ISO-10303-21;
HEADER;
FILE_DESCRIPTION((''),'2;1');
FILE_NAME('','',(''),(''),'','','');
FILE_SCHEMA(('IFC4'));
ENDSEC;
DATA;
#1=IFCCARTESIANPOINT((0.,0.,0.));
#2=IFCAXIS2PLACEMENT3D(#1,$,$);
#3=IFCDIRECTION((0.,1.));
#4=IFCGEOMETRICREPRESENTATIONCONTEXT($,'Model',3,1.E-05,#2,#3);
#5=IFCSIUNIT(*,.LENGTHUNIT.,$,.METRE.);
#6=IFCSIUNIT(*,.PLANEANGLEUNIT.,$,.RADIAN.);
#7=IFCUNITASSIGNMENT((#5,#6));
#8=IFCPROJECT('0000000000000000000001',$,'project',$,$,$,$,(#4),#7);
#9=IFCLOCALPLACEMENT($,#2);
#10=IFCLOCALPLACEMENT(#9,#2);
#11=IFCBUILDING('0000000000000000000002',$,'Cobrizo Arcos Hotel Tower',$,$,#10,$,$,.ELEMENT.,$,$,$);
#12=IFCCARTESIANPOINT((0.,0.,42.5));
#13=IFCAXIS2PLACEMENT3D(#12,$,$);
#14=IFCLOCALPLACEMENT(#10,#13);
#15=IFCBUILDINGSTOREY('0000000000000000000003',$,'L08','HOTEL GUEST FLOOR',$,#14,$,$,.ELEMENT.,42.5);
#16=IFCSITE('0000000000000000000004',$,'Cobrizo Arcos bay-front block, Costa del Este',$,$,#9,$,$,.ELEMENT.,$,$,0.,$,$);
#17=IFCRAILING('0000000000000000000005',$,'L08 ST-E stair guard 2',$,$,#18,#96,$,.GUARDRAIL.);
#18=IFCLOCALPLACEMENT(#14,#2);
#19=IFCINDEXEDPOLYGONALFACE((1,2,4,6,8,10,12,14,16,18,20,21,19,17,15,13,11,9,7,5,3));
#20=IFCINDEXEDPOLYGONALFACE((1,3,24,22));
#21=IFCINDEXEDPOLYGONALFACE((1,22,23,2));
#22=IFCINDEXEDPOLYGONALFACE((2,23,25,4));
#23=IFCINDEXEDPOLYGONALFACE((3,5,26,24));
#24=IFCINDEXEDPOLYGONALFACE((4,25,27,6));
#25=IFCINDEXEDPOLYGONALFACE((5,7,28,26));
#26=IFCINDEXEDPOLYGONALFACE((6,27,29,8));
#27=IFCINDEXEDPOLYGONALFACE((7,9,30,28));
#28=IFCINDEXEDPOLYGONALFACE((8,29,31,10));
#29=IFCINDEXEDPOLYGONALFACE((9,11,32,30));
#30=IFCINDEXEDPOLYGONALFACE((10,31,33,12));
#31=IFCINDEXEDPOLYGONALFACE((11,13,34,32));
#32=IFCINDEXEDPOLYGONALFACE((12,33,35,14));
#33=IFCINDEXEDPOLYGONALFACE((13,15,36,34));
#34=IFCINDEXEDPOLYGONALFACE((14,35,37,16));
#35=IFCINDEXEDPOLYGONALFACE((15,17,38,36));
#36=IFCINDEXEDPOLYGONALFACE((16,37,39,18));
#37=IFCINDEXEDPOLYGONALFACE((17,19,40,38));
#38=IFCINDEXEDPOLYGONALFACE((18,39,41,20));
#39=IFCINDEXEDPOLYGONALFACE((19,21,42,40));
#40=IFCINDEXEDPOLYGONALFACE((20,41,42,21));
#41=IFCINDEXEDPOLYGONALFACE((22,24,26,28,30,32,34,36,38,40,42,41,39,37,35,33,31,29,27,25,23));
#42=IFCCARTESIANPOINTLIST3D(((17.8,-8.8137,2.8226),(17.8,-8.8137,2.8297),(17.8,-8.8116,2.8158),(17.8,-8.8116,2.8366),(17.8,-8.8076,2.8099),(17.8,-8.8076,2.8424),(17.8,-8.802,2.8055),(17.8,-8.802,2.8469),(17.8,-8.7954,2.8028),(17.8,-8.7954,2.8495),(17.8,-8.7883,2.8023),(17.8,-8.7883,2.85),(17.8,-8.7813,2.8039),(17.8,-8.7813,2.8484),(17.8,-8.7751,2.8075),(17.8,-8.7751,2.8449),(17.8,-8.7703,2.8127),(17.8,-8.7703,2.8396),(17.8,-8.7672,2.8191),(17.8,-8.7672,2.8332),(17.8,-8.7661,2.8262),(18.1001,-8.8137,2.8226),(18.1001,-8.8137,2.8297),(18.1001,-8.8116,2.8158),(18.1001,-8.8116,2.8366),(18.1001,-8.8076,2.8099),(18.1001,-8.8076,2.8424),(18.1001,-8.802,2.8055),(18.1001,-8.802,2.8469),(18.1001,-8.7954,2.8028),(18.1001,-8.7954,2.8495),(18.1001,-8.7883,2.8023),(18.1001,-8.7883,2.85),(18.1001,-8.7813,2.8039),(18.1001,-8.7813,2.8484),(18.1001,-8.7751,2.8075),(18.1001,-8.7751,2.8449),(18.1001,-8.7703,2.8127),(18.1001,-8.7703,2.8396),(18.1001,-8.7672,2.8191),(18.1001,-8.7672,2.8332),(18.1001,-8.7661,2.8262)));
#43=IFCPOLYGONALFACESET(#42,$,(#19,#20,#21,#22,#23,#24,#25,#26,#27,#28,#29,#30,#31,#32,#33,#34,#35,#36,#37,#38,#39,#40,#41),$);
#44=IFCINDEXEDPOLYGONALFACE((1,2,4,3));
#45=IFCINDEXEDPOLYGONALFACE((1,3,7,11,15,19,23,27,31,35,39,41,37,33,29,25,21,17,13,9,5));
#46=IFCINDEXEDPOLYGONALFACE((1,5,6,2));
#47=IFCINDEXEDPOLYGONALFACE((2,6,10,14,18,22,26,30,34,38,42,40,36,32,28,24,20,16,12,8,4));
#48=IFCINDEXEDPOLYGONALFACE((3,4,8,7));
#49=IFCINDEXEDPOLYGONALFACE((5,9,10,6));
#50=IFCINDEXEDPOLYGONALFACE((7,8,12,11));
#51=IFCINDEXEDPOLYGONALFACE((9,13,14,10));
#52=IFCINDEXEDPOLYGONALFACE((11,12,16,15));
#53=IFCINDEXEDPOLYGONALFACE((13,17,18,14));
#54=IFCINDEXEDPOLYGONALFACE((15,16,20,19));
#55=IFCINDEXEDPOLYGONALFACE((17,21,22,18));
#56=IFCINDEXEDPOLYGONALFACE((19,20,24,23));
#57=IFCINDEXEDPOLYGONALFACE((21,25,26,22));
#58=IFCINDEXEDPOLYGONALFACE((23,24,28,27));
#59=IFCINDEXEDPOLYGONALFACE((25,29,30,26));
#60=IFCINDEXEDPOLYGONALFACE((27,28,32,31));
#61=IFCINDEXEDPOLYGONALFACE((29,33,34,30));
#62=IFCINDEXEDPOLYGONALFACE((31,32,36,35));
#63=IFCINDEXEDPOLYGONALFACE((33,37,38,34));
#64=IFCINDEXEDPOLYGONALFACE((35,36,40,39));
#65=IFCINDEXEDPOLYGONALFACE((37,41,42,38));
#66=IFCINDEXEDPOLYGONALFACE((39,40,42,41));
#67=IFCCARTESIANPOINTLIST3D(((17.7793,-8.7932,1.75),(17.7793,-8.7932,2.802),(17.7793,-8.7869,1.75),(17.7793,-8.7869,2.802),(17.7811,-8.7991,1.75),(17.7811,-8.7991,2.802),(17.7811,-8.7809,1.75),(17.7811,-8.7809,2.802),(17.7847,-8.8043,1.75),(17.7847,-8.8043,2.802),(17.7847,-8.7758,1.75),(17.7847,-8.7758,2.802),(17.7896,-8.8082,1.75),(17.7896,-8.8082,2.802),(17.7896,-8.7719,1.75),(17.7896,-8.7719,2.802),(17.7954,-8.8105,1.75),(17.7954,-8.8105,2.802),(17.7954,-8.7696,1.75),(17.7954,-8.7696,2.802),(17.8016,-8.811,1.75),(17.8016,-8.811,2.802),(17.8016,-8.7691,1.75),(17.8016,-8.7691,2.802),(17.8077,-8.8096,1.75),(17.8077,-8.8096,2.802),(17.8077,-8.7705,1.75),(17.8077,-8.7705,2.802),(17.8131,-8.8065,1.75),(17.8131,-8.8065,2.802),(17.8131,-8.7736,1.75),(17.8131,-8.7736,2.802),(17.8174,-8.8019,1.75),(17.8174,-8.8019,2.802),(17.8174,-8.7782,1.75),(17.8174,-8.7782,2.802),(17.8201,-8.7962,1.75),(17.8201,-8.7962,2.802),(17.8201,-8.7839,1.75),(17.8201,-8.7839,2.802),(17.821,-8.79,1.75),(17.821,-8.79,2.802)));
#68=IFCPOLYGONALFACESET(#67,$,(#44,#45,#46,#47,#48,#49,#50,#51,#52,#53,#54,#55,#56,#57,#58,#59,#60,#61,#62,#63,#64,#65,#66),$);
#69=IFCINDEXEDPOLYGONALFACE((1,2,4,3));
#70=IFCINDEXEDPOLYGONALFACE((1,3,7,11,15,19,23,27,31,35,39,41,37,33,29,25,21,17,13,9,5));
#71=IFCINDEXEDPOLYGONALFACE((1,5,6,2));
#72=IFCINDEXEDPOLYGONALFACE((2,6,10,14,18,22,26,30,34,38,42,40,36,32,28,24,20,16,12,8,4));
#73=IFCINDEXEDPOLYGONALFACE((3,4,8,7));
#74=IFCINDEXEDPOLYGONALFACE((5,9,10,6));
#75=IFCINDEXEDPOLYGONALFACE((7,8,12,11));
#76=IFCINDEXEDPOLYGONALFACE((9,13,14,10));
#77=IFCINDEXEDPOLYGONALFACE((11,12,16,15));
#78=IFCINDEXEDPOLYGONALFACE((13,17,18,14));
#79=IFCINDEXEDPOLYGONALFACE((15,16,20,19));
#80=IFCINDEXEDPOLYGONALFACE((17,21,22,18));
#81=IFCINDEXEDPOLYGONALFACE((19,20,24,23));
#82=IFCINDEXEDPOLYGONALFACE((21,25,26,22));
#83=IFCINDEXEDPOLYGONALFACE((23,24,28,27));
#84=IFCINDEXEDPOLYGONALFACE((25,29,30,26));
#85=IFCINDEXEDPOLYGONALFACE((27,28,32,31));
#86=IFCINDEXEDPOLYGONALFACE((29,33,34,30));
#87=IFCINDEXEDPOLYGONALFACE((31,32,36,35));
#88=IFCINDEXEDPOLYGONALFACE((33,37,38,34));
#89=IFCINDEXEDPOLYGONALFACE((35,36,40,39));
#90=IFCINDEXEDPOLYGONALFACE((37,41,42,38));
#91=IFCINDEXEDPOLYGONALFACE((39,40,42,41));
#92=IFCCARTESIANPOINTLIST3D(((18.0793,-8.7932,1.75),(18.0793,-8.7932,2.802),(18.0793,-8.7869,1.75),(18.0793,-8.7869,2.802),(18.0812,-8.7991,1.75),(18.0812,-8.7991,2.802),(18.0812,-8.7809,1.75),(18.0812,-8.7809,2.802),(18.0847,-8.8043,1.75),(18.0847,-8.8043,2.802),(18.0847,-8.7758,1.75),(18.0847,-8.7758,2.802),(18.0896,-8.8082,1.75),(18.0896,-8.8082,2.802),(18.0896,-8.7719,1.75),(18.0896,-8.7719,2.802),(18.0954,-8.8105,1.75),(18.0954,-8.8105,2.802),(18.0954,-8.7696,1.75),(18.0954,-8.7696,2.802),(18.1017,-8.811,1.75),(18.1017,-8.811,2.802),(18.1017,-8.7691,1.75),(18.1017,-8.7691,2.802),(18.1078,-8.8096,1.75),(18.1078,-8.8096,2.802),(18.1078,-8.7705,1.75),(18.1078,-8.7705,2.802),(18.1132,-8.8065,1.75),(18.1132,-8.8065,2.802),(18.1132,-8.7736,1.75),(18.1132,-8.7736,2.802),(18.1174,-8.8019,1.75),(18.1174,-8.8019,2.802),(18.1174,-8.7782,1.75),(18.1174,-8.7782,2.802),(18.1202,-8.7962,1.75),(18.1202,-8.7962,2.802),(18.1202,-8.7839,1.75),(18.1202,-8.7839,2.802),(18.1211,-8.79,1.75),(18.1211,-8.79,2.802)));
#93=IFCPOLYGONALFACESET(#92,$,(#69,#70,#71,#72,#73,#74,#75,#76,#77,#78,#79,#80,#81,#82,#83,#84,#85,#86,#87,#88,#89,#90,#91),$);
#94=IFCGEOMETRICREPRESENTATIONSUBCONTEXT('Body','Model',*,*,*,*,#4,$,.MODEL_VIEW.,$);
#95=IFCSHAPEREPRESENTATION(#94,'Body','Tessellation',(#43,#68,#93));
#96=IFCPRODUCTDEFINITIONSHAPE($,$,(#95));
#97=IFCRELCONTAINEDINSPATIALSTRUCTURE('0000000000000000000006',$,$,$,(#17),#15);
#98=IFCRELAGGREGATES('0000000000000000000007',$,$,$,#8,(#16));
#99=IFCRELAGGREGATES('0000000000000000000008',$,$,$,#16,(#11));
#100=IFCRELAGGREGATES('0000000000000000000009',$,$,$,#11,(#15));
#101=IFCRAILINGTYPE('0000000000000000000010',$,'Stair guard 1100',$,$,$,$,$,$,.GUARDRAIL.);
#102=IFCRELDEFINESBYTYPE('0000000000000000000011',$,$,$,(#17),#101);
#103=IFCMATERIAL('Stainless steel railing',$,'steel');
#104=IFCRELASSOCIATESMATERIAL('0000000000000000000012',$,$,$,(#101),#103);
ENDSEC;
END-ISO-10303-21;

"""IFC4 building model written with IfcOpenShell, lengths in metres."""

from ifc_helpers import new_model, si_unit, direction, frame, origin, origin_2d, place, context, subcontext, project, spatial, circle, extrude, material, type_object, element, save


model = new_model("IFC4")

# Units and contexts
model_context = context("Model", 3, precision=1e-05, world=origin(), true_north=direction((0.0, 1.0)))
body_context = subcontext(model_context, "Body", "Model", "MODEL_VIEW")
ifc_project = project(units=[si_unit("LENGTHUNIT", "METRE"), si_unit("PLANEANGLEUNIT", "RADIAN")], contexts=[model_context])

# Site, building, storey
site_placement = place(None, origin())
site = spatial("IfcSite", under=ifc_project, at=site_placement, Name="Cobrizo Arcos bay-front block, Costa del Este", CompositionType="ELEMENT", RefElevation=0.0)
building_placement = place(site_placement, origin())
building = spatial("IfcBuilding", under=site, at=building_placement, Name="Cobrizo Arcos Hotel Tower", CompositionType="ELEMENT")
storey_placement = place(building_placement, frame((0.0, 0.0, 42.5)))
storey = spatial("IfcBuildingStorey", under=building, at=storey_placement, Name="L08", Description="HOTEL GUEST FLOOR", CompositionType="ELEMENT", Elevation=42.5)

# Railing
ifc_material_1 = material(Name="Stainless steel railing", Category="steel")
railing_type_1 = type_object("IfcRailingType", Name="Stair guard 1100", PredefinedType="GUARDRAIL", material=ifc_material_1)
railing_1_placement = place(storey_placement, frame((17.8, -8.79, 1.75)))
element("IfcRailing", 1, at=railing_1_placement, inside=storey, type_object=railing_type_1, Name="L08 ST-E stair guard 2", PredefinedType="GUARDRAIL", context=body_context, shape_type="SweptSolid", body=[
    extrude(circle(Radius=0.0239, at=origin_2d()), frame((0.0, 0.0, 1.0762), z_axis=(1.0, 0.0, 0.0), x_axis=(0.0, 1.0, 0.0)), (0.0, 0.0, 1.0), 0.3),
    extrude(circle(Radius=0.021, at=origin_2d()), origin(), (0.0, 0.0, 1.0), 1.052),
    extrude(circle(Radius=0.021, at=origin_2d()), frame((0.3, 0.0, 0.0)), (0.0, 0.0, 1.0), 1.052),
])

save(model, "model.ifc")
